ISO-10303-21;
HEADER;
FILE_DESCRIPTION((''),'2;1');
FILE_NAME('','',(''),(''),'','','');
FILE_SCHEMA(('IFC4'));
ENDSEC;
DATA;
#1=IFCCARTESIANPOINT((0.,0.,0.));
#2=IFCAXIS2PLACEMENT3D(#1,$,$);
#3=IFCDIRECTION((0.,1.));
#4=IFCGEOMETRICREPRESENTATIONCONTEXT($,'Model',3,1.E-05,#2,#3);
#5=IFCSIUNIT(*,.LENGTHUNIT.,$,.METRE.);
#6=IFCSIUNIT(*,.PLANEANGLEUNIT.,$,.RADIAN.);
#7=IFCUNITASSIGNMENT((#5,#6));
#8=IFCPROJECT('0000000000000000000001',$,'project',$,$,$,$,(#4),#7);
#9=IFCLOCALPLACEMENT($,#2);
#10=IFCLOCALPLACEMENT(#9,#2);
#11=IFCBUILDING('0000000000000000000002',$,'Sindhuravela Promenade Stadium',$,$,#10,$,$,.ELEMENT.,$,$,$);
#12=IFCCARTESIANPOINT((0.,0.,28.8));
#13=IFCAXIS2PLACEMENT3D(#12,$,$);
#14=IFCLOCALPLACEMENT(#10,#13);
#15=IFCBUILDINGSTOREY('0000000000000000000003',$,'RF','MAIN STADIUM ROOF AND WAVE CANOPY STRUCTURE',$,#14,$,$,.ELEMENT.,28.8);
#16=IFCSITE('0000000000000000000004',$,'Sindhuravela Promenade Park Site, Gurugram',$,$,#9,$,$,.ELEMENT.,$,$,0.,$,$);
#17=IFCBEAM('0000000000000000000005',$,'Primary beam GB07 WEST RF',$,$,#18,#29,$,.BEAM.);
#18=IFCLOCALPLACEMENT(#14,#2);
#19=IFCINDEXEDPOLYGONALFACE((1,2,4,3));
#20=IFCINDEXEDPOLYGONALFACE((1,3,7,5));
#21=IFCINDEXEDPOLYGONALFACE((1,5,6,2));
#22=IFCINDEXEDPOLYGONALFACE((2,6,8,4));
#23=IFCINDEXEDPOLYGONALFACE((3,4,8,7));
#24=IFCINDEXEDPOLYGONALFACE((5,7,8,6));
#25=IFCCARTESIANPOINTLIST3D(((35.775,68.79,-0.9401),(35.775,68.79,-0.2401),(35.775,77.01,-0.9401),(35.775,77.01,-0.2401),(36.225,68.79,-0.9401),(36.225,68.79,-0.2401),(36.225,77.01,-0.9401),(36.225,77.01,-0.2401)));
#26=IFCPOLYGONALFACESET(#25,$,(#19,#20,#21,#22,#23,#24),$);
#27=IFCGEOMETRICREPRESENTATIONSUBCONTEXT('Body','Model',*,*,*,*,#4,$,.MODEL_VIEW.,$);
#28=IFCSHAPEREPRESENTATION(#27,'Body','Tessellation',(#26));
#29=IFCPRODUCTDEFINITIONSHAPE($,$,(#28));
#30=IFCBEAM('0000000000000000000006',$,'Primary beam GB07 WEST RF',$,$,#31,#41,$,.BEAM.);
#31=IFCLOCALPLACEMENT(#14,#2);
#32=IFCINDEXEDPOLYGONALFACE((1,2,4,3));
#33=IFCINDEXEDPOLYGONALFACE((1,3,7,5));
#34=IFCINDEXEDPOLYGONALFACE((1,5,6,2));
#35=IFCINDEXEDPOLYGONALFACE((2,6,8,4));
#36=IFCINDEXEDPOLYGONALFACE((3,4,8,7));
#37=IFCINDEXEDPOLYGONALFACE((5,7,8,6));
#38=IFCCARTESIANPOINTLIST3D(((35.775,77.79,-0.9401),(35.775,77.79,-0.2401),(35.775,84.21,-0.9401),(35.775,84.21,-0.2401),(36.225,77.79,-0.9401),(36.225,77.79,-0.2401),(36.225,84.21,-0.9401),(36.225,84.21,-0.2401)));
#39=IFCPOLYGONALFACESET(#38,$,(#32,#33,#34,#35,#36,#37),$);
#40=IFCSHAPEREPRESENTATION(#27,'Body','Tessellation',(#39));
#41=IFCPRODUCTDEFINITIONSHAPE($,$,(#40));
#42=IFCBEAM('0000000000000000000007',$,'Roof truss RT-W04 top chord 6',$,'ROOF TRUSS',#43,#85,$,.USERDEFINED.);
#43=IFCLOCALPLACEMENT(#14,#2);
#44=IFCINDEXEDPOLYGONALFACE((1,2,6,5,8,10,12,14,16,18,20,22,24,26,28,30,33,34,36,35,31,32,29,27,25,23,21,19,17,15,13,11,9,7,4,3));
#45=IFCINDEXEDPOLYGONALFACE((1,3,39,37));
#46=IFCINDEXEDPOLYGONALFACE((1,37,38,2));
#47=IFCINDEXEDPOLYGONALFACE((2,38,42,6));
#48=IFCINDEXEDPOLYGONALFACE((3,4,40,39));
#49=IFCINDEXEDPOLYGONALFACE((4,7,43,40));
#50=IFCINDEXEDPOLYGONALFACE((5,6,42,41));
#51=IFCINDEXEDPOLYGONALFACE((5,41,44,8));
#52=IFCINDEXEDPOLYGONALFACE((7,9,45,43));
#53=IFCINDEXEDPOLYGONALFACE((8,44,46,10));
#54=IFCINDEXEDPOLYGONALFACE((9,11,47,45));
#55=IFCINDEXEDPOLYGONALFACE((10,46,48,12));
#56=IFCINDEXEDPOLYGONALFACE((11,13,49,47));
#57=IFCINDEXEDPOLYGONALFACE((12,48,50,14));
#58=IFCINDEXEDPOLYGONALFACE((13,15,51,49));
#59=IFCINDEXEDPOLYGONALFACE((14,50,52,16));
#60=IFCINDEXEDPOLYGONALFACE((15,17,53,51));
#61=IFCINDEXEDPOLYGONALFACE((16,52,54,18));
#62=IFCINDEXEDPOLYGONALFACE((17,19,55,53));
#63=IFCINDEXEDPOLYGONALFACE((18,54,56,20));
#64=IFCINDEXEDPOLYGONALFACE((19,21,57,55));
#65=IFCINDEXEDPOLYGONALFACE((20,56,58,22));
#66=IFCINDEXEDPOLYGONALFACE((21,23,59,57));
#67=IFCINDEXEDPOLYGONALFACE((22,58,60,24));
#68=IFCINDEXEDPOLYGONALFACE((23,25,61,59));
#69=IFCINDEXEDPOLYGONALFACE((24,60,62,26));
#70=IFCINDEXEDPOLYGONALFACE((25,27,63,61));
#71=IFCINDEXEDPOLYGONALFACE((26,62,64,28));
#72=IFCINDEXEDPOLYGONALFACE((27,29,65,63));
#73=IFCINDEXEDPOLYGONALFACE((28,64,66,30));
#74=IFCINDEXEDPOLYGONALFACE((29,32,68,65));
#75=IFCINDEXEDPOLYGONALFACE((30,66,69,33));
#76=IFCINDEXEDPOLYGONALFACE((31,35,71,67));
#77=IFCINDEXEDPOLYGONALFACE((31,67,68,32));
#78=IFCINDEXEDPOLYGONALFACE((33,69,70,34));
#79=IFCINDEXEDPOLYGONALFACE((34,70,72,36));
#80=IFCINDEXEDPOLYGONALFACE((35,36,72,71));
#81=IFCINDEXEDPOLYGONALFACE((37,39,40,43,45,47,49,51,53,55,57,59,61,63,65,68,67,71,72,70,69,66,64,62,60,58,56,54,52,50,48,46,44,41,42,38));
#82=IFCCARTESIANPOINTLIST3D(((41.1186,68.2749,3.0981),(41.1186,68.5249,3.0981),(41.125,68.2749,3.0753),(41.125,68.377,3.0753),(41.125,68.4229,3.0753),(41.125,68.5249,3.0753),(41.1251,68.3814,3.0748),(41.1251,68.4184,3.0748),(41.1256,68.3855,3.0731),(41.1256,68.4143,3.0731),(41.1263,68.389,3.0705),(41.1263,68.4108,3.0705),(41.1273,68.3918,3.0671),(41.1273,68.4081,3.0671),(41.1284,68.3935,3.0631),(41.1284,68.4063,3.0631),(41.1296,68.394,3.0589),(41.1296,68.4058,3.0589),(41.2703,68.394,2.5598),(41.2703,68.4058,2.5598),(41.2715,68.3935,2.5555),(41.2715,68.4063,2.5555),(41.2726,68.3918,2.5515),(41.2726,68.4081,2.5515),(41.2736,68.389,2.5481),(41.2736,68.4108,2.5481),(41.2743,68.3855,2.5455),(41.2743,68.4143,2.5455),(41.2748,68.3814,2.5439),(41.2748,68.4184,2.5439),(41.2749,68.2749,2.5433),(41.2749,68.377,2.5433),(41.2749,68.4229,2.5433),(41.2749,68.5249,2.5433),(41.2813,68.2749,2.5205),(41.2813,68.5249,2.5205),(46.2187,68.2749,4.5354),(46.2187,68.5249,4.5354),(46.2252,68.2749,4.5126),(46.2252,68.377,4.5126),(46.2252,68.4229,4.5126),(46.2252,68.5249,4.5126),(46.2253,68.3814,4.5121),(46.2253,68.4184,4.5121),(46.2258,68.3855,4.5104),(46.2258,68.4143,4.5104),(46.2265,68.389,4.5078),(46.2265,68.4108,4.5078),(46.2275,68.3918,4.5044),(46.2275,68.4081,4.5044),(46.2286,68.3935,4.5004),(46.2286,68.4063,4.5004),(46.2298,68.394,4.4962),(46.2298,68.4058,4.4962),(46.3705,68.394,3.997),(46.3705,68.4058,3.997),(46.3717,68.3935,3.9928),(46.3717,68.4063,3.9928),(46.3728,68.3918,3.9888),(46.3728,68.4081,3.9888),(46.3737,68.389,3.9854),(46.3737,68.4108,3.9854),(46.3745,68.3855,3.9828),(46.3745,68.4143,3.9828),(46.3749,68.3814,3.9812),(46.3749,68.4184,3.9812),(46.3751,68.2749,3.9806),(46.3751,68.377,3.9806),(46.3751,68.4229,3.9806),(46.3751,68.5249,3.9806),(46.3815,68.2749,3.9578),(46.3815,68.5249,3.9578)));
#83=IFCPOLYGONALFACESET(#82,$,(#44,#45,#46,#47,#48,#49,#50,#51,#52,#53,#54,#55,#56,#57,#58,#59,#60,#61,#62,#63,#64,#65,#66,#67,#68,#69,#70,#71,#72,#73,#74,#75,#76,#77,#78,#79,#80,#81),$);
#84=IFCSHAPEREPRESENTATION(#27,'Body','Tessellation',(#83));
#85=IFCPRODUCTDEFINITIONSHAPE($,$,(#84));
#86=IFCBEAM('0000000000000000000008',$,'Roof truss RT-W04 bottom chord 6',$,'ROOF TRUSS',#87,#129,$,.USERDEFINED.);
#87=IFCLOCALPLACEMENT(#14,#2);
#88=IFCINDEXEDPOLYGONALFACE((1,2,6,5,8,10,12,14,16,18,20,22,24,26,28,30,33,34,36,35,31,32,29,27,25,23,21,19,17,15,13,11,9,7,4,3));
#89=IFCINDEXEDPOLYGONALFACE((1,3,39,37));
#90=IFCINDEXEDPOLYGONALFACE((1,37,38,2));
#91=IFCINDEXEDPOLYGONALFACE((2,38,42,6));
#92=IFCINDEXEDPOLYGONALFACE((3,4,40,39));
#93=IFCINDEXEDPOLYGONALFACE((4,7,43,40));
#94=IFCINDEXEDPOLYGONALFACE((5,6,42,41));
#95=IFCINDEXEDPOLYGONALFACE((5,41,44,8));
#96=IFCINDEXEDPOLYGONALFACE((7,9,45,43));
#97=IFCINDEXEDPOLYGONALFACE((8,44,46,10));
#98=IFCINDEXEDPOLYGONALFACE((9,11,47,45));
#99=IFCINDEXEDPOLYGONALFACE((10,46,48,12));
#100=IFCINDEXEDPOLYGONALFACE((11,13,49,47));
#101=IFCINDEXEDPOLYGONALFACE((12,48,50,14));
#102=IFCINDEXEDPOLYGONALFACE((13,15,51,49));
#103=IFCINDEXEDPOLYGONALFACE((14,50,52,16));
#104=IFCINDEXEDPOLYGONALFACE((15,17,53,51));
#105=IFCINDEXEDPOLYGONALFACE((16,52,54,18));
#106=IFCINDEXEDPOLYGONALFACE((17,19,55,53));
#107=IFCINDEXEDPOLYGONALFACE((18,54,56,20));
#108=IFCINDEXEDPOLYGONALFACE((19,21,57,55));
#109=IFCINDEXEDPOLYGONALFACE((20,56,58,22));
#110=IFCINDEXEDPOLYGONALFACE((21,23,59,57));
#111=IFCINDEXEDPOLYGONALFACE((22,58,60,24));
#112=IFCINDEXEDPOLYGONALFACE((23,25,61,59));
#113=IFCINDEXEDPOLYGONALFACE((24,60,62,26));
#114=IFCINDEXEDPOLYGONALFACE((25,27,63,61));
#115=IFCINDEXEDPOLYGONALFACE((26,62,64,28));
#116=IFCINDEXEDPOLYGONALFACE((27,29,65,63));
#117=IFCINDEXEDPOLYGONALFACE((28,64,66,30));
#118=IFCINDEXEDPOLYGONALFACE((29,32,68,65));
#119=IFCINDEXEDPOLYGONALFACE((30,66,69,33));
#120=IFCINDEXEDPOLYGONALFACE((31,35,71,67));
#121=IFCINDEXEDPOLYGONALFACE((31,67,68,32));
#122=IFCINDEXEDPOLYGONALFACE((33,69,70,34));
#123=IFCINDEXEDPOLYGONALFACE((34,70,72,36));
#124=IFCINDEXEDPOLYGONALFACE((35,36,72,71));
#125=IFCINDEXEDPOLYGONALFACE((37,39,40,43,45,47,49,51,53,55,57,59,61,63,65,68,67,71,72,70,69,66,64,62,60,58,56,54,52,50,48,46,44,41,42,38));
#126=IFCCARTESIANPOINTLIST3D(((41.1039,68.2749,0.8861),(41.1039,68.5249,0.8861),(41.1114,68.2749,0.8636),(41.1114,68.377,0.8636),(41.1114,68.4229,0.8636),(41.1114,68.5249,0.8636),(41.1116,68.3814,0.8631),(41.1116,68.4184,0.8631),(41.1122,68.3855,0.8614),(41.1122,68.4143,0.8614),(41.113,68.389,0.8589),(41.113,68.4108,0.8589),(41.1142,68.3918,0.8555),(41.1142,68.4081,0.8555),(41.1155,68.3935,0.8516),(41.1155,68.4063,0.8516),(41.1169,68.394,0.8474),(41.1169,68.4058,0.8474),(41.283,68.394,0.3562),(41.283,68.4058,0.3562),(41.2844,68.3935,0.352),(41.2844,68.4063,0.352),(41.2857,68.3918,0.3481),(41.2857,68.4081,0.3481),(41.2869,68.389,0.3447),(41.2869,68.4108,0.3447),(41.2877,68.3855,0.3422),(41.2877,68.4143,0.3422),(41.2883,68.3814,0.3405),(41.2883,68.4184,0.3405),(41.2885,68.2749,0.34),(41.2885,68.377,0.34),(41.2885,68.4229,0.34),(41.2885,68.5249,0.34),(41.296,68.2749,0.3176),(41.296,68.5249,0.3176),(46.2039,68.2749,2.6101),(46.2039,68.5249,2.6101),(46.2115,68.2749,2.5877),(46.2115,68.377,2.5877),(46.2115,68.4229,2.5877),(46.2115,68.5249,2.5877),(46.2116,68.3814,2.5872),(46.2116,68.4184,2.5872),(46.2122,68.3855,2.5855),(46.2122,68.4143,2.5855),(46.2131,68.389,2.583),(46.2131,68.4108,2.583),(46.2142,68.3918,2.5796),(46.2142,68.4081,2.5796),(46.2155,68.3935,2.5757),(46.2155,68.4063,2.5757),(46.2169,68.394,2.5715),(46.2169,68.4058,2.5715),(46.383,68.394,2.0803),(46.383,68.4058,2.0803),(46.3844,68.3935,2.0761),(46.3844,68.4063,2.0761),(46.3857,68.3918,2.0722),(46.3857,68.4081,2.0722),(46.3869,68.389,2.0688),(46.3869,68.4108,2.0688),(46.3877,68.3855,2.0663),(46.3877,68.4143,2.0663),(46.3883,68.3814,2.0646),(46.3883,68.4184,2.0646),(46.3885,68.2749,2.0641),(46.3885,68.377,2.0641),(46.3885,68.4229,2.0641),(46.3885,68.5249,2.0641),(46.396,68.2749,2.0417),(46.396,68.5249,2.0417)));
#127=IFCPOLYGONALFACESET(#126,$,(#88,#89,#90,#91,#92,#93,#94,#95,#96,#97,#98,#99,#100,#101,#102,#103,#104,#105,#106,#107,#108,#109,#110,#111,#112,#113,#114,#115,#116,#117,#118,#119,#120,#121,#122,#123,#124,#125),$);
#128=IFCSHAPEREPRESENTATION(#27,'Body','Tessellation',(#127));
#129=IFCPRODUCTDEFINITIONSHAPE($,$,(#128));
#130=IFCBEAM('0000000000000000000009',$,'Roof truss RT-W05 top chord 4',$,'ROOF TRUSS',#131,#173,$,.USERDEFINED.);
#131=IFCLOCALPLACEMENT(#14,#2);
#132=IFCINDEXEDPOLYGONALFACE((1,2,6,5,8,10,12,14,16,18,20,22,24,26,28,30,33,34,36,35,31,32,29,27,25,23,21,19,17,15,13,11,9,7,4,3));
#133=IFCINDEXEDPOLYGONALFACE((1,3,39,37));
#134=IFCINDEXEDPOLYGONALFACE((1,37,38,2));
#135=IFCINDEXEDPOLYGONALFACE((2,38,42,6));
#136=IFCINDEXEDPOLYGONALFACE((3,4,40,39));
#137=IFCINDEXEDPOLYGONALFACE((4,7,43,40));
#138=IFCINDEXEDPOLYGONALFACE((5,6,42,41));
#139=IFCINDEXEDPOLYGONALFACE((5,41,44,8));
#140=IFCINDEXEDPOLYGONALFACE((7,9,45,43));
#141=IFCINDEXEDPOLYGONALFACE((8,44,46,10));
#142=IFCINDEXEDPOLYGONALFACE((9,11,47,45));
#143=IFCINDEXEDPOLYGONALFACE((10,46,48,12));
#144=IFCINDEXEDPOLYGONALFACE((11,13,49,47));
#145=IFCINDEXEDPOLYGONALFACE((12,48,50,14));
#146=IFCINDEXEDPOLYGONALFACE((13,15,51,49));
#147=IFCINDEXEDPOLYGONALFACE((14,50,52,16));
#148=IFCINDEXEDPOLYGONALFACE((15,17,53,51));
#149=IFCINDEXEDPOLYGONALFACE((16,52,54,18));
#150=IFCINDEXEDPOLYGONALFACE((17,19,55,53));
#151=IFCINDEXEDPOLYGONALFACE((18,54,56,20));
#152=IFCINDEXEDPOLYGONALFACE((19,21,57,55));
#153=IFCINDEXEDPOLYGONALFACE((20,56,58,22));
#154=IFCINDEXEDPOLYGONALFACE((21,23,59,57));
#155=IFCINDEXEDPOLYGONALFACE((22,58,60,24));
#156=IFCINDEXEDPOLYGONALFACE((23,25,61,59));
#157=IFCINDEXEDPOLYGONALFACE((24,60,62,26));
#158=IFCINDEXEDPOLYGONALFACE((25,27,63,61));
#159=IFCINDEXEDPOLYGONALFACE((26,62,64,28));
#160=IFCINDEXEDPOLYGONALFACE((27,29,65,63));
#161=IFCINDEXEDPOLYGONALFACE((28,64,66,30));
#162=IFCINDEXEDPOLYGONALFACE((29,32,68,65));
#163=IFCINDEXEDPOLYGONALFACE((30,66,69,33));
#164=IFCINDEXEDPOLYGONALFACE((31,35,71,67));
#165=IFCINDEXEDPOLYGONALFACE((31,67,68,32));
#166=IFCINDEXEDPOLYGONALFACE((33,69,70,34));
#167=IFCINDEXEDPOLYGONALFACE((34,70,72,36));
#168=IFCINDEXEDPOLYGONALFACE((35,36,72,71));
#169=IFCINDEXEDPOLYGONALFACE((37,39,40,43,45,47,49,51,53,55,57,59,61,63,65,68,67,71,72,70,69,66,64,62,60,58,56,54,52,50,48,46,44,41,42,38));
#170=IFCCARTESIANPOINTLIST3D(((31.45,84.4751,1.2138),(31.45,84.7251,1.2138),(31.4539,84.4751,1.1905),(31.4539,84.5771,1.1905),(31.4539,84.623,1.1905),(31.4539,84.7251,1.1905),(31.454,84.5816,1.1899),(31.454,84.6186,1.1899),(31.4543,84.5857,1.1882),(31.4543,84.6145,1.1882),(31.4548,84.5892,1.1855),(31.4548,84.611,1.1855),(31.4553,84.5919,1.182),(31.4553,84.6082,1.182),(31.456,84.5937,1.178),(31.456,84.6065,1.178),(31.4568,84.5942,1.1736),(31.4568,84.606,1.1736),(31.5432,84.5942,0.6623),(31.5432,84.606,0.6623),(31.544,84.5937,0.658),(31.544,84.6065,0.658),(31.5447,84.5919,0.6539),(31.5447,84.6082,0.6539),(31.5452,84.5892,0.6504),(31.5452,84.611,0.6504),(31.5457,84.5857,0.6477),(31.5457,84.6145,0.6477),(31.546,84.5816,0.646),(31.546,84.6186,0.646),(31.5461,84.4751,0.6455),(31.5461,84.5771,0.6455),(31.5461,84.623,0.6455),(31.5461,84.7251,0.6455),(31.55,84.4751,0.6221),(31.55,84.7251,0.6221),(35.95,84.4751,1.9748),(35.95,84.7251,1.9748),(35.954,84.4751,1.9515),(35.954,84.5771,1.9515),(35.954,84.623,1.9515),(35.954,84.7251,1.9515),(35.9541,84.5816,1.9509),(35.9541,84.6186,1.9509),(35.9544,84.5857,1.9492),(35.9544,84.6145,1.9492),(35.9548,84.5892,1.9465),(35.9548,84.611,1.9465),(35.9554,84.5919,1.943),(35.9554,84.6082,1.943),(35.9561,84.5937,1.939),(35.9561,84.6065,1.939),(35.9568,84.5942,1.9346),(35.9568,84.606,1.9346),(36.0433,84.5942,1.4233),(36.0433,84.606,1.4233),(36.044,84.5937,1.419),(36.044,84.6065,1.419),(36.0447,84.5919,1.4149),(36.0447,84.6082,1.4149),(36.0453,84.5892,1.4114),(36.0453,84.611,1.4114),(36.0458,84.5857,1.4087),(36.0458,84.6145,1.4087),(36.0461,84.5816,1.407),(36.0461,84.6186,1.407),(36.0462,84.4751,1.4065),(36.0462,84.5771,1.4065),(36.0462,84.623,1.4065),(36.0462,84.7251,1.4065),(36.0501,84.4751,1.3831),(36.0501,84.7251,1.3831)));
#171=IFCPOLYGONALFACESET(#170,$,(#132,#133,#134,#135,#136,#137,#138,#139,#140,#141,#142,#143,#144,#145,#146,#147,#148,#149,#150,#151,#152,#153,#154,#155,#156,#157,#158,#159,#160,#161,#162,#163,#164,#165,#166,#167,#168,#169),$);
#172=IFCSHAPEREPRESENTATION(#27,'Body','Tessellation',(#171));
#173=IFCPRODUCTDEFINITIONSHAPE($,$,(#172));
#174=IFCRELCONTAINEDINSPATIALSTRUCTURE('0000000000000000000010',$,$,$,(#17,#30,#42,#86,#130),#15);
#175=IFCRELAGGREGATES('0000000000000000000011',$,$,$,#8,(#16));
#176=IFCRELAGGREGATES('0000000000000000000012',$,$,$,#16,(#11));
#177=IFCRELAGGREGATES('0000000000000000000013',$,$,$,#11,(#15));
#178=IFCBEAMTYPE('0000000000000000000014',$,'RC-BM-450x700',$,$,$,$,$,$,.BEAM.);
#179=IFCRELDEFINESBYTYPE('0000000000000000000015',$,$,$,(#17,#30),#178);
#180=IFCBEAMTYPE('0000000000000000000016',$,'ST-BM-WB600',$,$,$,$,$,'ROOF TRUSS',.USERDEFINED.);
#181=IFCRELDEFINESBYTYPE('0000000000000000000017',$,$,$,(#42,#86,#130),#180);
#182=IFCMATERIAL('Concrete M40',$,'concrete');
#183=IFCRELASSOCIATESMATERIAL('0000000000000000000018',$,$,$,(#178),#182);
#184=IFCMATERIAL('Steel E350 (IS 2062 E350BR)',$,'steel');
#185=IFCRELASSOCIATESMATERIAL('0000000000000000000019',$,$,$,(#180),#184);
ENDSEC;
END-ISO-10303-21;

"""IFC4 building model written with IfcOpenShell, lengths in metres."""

from ifc_helpers import new_model, si_unit, direction, frame, origin, origin_2d, place, context, subcontext, project, spatial, rectangle, i_section, extrude, material, material_profile, profile_set, type_object, element, save


model = new_model("IFC4")

# Units and contexts
model_context = context("Model", 3, precision=1e-05, world=origin(), true_north=direction((0.0, 1.0)))
body_context = subcontext(model_context, "Body", "Model", "MODEL_VIEW")
ifc_project = project(units=[si_unit("LENGTHUNIT", "METRE"), si_unit("PLANEANGLEUNIT", "RADIAN")], contexts=[model_context])

# Site, building, storey
site_placement = place(None, origin())
site = spatial("IfcSite", under=ifc_project, at=site_placement, Name="Sindhuravela Promenade Park Site, Gurugram", CompositionType="ELEMENT", RefElevation=0.0)
building_placement = place(site_placement, origin())
building = spatial("IfcBuilding", under=site, at=building_placement, Name="Sindhuravela Promenade Stadium", CompositionType="ELEMENT")
storey_placement = place(building_placement, frame((0.0, 0.0, 28.8)))
storey = spatial("IfcBuildingStorey", under=building, at=storey_placement, Name="RF", Description="MAIN STADIUM ROOF AND WAVE CANOPY STRUCTURE", CompositionType="ELEMENT", Elevation=28.8)

# Beams
ifc_material_1 = material(Name="Concrete M40", Category="concrete")
ifc_material_profile_1 = material_profile(ifc_material_1, rectangle(XDim=0.45, YDim=0.7, at=origin_2d()), Name="RC 450x700")
ifc_profile_set_1 = profile_set([ifc_material_profile_1], Name="Concrete M40")
beam_type_1 = type_object("IfcBeamType", Name="RC-BM-450x700", PredefinedType="BEAM", material=ifc_profile_set_1)
beam_1_placement = place(storey_placement, frame((36.0, 68.79, -0.5901), z_axis=(0.0, 1.0, 0.0), x_axis=(-1.0, 0.0, 0.0)))
element("IfcBeam", 1, at=beam_1_placement, inside=storey, type_object=beam_type_1, Name="Primary beam GB07 WEST RF", PredefinedType="BEAM", context=body_context, shape_type="SweptSolid", body=[
    extrude(rectangle(XDim=0.45, YDim=0.7, at=origin_2d()), origin(), (0.0, 0.0, 1.0), 8.22),
])
beam_2_placement = place(storey_placement, frame((36.0, 77.79, -0.5901), z_axis=(0.0, 1.0, 0.0), x_axis=(-1.0, 0.0, 0.0)))
element("IfcBeam", 2, at=beam_2_placement, inside=storey, type_object=beam_type_1, Name="Primary beam GB07 WEST RF", PredefinedType="BEAM", context=body_context, shape_type="SweptSolid", body=[
    extrude(rectangle(XDim=0.45, YDim=0.7, at=origin_2d()), origin(), (0.0, 0.0, 1.0), 6.4199),
])
ifc_material_2 = material(Name="Steel E350 (IS 2062 E350BR)", Category="steel")
ifc_material_profile_2 = material_profile(ifc_material_2, i_section(OverallWidth=0.25, OverallDepth=0.6001, WebThickness=0.0117, FlangeThickness=0.0237, FilletRadius=0.0171, at=origin_2d()), Name="ISWB 600")
ifc_profile_set_2 = profile_set([ifc_material_profile_2], Name="Steel E350 (IS 2062 E350BR)")
beam_type_2 = type_object("IfcBeamType", Name="ST-BM-WB600", ElementType="ROOF TRUSS", PredefinedType="USERDEFINED", material=ifc_profile_set_2)
beam_3_placement = place(storey_placement, frame((41.2, 68.3999, 2.8093), z_axis=(0.96251, 0.0, 0.271245), x_axis=(0.0, 1.0, 0.0)))
element("IfcBeam", 3, at=beam_3_placement, inside=storey, type_object=beam_type_2, Name="Roof truss RT-W04 top chord 6", ObjectType="ROOF TRUSS", PredefinedType="USERDEFINED", context=body_context, shape_type="SweptSolid", body=[
    extrude(i_section(OverallWidth=0.25, OverallDepth=0.6001, WebThickness=0.0117, FlangeThickness=0.0237, FilletRadius=0.0171, at=origin_2d()), origin(), (0.0, 0.0, 1.0), 5.2988),
])
beam_4_placement = place(storey_placement, frame((41.2, 68.3999, 0.6018), z_axis=(0.947332, 0.0, 0.320252), x_axis=(0.0, 1.0, 0.0)))
element("IfcBeam", 4, at=beam_4_placement, inside=storey, type_object=beam_type_2, Name="Roof truss RT-W04 bottom chord 6", ObjectType="ROOF TRUSS", PredefinedType="USERDEFINED", context=body_context, shape_type="SweptSolid", body=[
    extrude(i_section(OverallWidth=0.25, OverallDepth=0.6001, WebThickness=0.0117, FlangeThickness=0.0237, FilletRadius=0.0171, at=origin_2d()), origin(), (0.0, 0.0, 1.0), 5.3835),
])
beam_5_placement = place(storey_placement, frame((31.5, 84.6001, 0.918), z_axis=(0.986001, 0.0, 0.166741), x_axis=(0.0, 1.0, 0.0)))
element("IfcBeam", 5, at=beam_5_placement, inside=storey, type_object=beam_type_2, Name="Roof truss RT-W05 top chord 4", ObjectType="ROOF TRUSS", PredefinedType="USERDEFINED", context=body_context, shape_type="SweptSolid", body=[
    extrude(i_section(OverallWidth=0.25, OverallDepth=0.6001, WebThickness=0.0117, FlangeThickness=0.0237, FilletRadius=0.0171, at=origin_2d()), origin(), (0.0, 0.0, 1.0), 4.564),
])

save(model, "model.ifc")
